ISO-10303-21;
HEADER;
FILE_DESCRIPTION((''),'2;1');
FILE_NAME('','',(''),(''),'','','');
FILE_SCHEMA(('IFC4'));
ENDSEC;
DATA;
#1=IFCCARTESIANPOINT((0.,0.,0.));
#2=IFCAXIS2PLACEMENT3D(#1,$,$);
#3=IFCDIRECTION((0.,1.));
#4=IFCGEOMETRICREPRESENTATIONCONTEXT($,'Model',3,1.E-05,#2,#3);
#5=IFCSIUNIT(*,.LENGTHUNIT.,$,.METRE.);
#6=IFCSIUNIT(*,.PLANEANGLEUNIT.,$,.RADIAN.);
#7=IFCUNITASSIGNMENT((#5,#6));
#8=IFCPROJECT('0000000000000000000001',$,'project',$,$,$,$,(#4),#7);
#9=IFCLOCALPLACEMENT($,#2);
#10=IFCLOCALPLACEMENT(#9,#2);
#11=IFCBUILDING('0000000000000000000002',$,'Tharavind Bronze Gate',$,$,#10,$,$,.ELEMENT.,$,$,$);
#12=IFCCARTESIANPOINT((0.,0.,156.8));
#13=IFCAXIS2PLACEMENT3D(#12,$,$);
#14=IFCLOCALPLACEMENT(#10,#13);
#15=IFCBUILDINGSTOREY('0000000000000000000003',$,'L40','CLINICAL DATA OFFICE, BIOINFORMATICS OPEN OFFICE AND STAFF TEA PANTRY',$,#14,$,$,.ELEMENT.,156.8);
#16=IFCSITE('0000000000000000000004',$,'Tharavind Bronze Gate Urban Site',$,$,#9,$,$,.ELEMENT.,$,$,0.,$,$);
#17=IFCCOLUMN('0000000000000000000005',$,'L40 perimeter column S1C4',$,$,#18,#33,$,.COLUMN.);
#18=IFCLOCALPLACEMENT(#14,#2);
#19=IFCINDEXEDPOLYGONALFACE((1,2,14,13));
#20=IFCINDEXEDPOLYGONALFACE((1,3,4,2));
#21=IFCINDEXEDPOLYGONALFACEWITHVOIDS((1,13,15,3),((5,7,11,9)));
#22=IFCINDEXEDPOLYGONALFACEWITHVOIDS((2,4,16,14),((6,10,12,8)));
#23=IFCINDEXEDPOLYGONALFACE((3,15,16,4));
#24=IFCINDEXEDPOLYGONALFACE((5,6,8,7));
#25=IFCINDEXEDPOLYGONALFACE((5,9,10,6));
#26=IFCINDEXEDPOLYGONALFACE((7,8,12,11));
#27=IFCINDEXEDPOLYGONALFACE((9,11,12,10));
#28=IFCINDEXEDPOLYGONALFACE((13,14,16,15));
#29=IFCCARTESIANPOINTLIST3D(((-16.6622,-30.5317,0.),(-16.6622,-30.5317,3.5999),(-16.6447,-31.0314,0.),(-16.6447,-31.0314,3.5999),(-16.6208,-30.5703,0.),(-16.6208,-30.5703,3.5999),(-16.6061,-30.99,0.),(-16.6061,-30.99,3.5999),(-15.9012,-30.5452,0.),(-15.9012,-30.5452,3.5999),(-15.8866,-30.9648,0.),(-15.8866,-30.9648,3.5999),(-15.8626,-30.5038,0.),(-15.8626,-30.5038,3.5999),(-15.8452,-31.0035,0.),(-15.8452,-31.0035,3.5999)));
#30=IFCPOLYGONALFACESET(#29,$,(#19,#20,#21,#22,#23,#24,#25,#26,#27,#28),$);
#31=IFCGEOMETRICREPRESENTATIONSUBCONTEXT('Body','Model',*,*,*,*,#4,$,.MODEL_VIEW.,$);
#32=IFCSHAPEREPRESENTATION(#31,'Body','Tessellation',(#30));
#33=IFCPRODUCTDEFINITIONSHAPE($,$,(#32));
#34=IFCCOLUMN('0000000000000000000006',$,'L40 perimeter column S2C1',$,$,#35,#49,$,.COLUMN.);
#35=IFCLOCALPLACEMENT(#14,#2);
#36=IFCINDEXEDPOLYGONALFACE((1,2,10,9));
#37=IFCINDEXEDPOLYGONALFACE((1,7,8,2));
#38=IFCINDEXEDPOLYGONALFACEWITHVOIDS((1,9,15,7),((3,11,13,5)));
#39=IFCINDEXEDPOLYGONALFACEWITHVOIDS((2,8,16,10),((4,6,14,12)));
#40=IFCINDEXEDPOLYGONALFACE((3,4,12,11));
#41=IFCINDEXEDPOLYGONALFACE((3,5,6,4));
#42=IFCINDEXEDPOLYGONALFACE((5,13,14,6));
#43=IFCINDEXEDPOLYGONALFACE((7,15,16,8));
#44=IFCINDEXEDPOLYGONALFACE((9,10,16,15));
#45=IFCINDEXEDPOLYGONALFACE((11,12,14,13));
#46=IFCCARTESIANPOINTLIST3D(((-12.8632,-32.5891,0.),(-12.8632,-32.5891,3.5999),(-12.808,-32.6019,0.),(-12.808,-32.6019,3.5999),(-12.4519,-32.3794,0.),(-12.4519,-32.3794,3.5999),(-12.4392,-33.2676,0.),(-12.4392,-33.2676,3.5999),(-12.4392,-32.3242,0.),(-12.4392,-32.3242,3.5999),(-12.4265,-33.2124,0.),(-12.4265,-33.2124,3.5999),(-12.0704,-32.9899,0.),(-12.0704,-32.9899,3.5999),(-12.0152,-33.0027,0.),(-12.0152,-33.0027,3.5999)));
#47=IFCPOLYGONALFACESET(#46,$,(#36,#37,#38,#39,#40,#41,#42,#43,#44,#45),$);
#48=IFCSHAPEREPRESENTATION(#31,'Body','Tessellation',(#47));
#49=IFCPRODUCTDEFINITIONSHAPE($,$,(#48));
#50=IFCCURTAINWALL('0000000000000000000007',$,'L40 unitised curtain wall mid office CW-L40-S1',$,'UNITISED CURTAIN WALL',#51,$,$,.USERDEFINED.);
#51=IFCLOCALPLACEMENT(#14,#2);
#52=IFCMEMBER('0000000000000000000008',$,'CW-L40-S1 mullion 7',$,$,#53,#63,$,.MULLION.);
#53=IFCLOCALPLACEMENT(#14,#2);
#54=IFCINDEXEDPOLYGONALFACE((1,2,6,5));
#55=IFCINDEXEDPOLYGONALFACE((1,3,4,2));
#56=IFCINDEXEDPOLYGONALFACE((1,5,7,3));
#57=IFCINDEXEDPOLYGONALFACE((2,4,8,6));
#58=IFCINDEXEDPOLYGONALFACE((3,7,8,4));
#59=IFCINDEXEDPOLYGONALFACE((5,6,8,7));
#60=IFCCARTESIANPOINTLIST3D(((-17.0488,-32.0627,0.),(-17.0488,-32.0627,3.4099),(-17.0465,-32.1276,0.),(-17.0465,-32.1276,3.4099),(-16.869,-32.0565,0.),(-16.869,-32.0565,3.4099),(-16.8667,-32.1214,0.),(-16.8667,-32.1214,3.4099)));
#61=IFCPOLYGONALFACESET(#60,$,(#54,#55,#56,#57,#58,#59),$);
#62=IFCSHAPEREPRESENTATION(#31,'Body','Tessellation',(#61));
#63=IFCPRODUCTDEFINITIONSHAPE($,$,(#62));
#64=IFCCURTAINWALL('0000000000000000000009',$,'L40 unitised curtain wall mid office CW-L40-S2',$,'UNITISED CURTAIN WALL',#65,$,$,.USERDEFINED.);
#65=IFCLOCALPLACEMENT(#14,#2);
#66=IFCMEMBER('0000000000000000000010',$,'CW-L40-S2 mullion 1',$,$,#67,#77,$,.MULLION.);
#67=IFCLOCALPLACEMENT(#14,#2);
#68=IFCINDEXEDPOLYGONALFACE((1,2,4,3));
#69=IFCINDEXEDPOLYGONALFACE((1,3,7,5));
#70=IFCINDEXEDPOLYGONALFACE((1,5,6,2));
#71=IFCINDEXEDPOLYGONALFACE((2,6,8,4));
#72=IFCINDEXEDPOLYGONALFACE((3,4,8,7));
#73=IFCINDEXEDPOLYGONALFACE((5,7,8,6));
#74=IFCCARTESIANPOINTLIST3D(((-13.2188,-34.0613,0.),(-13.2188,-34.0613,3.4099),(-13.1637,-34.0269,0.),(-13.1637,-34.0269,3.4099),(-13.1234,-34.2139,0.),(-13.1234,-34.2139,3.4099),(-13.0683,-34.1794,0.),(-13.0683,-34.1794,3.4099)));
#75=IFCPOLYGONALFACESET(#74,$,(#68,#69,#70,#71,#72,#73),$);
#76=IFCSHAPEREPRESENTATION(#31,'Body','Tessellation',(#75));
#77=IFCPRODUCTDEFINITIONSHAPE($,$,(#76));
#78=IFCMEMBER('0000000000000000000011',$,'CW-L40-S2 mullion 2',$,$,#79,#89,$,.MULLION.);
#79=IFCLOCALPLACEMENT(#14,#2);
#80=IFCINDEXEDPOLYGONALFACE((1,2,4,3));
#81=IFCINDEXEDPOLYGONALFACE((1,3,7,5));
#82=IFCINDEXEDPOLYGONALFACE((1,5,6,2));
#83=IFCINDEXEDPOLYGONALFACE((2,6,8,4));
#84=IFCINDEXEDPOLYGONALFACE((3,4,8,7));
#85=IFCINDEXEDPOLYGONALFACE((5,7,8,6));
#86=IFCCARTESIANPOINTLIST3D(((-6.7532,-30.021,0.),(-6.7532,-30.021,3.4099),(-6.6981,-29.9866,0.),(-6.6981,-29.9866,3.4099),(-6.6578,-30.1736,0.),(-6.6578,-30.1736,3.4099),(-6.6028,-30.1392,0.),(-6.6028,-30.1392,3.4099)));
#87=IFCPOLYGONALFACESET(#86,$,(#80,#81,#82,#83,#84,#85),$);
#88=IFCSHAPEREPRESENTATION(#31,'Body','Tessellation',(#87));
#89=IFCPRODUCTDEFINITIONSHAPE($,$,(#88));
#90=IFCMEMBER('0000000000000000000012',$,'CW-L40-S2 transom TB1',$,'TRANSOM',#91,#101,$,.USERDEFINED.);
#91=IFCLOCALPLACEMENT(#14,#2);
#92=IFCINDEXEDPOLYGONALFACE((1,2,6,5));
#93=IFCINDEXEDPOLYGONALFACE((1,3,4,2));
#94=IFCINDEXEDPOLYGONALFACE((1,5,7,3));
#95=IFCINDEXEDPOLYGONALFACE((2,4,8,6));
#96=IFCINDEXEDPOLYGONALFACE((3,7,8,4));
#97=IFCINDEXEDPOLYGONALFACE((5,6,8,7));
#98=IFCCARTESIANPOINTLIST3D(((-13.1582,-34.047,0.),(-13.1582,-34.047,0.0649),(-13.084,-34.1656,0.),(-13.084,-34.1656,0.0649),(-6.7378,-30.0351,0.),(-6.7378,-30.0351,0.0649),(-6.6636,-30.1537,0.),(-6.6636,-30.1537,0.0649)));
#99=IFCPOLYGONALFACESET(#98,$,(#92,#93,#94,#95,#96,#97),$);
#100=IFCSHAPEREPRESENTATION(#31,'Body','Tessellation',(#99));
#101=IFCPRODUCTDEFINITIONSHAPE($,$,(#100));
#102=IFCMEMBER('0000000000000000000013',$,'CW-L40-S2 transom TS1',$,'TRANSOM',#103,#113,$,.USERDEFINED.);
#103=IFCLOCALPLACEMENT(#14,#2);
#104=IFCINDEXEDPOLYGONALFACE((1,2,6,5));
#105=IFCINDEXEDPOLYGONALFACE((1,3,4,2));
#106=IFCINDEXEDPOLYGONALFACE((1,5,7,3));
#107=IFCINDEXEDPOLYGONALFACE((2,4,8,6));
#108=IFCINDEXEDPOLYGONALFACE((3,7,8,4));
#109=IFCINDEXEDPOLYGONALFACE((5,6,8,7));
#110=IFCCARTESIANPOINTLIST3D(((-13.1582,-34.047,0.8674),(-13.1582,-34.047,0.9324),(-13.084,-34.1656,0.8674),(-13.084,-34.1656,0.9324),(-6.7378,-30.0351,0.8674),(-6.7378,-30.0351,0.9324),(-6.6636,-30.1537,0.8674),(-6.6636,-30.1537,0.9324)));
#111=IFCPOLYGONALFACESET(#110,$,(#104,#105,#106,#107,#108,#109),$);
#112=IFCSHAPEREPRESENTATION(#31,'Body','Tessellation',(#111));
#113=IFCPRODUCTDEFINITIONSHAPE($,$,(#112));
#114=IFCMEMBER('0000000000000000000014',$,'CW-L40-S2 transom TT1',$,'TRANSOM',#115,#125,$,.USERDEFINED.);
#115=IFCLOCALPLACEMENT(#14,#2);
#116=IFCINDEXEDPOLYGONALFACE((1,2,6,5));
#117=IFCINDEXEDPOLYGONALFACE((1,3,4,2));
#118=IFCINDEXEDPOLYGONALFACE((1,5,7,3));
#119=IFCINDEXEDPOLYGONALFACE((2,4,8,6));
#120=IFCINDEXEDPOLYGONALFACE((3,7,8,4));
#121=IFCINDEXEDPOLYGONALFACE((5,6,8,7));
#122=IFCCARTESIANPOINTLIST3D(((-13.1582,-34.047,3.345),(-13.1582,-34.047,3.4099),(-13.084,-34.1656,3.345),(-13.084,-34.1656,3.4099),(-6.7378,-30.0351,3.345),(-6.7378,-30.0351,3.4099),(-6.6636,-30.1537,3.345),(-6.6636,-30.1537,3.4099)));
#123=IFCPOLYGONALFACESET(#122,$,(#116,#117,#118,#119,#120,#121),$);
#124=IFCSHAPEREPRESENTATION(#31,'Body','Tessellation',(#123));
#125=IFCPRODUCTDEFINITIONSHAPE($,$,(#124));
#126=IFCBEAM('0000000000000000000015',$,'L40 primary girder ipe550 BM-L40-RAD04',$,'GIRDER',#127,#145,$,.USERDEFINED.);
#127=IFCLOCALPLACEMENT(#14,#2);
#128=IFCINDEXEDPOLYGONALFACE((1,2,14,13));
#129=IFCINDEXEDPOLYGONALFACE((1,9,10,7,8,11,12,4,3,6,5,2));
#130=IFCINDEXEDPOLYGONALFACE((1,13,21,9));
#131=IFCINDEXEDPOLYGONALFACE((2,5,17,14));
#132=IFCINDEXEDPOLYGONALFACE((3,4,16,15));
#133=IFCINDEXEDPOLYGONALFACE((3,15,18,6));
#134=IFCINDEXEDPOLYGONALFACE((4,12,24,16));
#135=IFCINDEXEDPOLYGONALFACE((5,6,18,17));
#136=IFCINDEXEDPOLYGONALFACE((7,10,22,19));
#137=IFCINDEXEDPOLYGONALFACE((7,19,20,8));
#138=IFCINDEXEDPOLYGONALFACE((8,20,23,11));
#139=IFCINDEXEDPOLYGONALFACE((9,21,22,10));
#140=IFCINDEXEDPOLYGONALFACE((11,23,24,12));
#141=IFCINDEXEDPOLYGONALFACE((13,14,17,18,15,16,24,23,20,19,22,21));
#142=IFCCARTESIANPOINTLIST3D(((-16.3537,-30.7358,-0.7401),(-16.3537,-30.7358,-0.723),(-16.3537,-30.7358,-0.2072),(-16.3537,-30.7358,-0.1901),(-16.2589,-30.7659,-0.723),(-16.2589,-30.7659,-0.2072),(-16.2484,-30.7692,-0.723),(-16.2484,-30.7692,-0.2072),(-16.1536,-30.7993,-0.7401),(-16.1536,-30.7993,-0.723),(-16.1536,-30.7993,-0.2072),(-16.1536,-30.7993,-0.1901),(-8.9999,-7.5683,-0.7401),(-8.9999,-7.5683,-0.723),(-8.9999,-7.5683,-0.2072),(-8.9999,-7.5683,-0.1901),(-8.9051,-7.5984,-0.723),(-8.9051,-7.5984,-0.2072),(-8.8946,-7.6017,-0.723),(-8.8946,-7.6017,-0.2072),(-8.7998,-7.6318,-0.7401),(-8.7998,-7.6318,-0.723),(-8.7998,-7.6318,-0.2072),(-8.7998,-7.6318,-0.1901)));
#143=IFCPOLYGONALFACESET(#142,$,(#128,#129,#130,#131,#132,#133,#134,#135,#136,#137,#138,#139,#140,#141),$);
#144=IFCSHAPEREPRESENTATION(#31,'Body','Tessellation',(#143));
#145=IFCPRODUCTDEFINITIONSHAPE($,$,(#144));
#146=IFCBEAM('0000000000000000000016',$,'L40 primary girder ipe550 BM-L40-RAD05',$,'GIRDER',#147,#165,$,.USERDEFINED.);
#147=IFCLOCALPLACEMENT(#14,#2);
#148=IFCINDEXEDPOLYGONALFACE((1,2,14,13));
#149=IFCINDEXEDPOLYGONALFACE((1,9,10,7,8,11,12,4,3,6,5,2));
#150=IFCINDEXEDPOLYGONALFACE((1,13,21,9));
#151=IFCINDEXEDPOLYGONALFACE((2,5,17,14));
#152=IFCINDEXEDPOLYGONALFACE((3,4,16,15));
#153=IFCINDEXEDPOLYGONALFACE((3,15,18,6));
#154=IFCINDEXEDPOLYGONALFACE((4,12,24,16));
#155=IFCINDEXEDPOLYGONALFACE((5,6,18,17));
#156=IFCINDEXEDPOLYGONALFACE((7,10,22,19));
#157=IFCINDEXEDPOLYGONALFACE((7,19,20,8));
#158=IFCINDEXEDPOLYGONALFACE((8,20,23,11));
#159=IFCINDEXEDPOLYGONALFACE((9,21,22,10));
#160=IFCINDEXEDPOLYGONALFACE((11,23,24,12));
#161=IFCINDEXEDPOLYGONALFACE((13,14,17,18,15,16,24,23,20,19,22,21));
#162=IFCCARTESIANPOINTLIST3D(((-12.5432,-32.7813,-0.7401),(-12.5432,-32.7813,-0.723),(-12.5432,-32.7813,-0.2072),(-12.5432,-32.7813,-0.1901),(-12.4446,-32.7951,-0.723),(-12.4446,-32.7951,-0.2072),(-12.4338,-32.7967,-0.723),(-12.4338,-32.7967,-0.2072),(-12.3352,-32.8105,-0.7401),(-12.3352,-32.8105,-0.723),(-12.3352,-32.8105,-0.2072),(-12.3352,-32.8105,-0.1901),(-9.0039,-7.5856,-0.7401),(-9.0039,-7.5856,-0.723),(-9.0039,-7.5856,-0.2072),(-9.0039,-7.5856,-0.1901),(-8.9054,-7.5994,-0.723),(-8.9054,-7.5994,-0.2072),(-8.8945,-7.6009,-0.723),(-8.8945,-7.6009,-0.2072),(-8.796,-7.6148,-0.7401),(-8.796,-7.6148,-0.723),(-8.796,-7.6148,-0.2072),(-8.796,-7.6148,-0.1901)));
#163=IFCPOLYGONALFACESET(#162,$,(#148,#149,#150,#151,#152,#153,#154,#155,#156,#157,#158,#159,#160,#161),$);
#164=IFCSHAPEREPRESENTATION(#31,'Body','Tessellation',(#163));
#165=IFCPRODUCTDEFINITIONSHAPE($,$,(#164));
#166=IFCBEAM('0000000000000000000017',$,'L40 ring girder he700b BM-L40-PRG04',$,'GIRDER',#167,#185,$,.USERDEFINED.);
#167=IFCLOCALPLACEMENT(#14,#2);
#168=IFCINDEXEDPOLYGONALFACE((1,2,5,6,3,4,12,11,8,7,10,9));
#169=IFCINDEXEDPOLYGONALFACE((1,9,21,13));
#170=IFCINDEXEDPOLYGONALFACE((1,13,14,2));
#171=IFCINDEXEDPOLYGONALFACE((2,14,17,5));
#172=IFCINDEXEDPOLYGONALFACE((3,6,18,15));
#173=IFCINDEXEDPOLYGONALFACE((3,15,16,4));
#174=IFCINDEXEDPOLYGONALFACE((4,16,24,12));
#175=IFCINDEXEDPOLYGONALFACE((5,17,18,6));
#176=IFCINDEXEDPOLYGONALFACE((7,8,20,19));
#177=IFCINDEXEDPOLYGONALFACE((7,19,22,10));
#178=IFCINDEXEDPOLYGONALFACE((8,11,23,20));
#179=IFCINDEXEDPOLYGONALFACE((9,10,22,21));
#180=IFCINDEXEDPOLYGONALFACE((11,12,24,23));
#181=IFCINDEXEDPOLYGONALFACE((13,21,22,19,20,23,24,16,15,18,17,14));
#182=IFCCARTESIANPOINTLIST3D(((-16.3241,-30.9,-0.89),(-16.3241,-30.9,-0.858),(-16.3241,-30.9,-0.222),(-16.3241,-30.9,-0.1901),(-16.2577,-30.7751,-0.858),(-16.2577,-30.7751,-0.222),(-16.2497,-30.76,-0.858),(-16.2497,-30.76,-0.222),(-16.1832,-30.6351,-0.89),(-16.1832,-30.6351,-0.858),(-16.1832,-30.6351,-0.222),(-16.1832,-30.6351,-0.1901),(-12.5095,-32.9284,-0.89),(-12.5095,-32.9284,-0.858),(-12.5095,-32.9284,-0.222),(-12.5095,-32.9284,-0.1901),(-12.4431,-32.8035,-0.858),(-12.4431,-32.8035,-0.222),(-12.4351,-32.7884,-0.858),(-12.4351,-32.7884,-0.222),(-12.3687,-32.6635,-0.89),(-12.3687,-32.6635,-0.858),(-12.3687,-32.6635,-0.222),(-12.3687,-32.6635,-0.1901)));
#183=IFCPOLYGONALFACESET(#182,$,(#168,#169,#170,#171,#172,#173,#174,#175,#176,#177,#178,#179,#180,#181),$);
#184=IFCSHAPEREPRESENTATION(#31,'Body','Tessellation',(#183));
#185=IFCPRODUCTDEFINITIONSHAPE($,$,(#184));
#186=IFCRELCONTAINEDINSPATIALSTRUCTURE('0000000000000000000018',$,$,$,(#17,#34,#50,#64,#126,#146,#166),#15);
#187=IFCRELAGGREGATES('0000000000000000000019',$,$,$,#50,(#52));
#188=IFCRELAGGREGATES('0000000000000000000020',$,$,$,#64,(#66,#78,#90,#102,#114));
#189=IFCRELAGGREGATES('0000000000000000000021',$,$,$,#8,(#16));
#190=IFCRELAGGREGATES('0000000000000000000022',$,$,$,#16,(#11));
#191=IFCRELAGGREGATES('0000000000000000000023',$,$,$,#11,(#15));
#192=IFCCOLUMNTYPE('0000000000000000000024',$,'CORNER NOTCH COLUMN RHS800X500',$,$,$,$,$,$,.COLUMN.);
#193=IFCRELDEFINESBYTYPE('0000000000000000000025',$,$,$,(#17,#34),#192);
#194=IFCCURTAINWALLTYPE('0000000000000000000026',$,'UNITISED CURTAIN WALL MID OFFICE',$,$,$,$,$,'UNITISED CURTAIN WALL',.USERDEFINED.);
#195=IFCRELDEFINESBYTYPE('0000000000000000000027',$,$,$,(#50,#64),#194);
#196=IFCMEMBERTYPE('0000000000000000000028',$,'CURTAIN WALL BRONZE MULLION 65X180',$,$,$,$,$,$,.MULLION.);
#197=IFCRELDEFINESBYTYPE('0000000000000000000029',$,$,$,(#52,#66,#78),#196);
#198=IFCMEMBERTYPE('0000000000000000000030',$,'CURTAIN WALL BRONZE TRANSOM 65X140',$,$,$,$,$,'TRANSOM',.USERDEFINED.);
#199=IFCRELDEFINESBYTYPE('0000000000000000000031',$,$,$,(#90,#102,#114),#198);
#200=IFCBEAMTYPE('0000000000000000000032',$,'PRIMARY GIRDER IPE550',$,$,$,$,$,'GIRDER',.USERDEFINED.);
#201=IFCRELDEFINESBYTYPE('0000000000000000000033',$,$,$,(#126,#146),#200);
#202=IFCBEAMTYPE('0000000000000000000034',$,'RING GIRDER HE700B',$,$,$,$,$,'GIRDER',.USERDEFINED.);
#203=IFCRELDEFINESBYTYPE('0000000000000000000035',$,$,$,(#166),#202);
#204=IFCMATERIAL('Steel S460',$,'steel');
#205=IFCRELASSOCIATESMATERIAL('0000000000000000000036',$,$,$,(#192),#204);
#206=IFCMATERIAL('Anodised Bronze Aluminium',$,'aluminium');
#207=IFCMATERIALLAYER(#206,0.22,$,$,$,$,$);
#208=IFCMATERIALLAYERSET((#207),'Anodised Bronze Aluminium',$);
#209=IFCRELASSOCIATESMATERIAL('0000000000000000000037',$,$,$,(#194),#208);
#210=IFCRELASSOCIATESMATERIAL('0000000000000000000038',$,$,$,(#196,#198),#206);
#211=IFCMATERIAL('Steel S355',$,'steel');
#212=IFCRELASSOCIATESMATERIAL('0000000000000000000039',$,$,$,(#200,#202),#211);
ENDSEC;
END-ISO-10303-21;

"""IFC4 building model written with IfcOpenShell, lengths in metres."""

from ifc_helpers import new_model, si_unit, direction, frame, origin, origin_2d, place, context, subcontext, project, spatial, rectangle, hollow_rectangle, i_section, extrude, material, layer, layer_set, material_profile, profile_set, type_object, element, aggregate, save


model = new_model("IFC4")

# Units and contexts
model_context = context("Model", 3, precision=1e-05, world=origin(), true_north=direction((0.0, 1.0)))
body_context = subcontext(model_context, "Body", "Model", "MODEL_VIEW")
ifc_project = project(units=[si_unit("LENGTHUNIT", "METRE"), si_unit("PLANEANGLEUNIT", "RADIAN")], contexts=[model_context])

# Site, building, storey
site_placement = place(None, origin())
site = spatial("IfcSite", under=ifc_project, at=site_placement, Name="Tharavind Bronze Gate Urban Site", CompositionType="ELEMENT", RefElevation=0.0)
building_placement = place(site_placement, origin())
building = spatial("IfcBuilding", under=site, at=building_placement, Name="Tharavind Bronze Gate", CompositionType="ELEMENT")
storey_placement = place(building_placement, frame((0.0, 0.0, 156.8)))
storey = spatial("IfcBuildingStorey", under=building, at=storey_placement, Name="L40", Description="CLINICAL DATA OFFICE, BIOINFORMATICS OPEN OFFICE AND STAFF TEA PANTRY", CompositionType="ELEMENT", Elevation=156.8)

# Columns
ifc_material_1 = material(Name="Steel S460", Category="steel")
ifc_material_profile_1 = material_profile(ifc_material_1, hollow_rectangle(XDim=0.5, YDim=0.8, WallThickness=0.04, at=origin_2d()), Name="RHS800X500X40")
ifc_profile_set_1 = profile_set([ifc_material_profile_1], Name="Steel S460")
column_type = type_object("IfcColumnType", Name="CORNER NOTCH COLUMN RHS800X500", PredefinedType="COLUMN", material=ifc_profile_set_1)
for number, where, z_axis, x_axis, name in (
    (1, (-16.2537, -30.7676, 0.0), (0.0, 0.0, 1.0), (-0.034899, 0.999391, 0.0), "L40 perimeter column S1C4"),
    (2, (-12.4392, -32.7959, 0.0), (0.0, 0.0, 1.0), (0.848047, 0.529921, 0.0), "L40 perimeter column S2C1"),
):
    element("IfcColumn", number, at=place(storey_placement, frame(where, z_axis=z_axis, x_axis=x_axis)), inside=storey, type_object=column_type, Name=name, PredefinedType="COLUMN", context=body_context, shape_type="SweptSolid", body=[
        extrude(hollow_rectangle(XDim=0.5, YDim=0.8, WallThickness=0.04, at=origin_2d()), origin(), (0.0, 0.0, 1.0), 3.5999),
    ])

# Curtain wall, member
ifc_material_2 = material(Name="Anodised Bronze Aluminium", Category="aluminium")
ifc_layer_1 = layer(ifc_material_2, 0.22)
ifc_layer_set_1 = layer_set([ifc_layer_1], Name="Anodised Bronze Aluminium")
curtain_wall_type = type_object("IfcCurtainWallType", Name="UNITISED CURTAIN WALL MID OFFICE", ElementType="UNITISED CURTAIN WALL", PredefinedType="USERDEFINED", material=ifc_layer_set_1)
curtain_wall_1_placement = place(storey_placement, origin())
curtain_wall_1 = element("IfcCurtainWall", 3, at=curtain_wall_1_placement, inside=storey, type_object=curtain_wall_type, Name="L40 unitised curtain wall mid office CW-L40-S1", ObjectType="UNITISED CURTAIN WALL", PredefinedType="USERDEFINED")
member_type_1 = type_object("IfcMemberType", Name="CURTAIN WALL BRONZE MULLION 65X180", PredefinedType="MULLION", material=ifc_material_2)
member_1_placement = place(storey_placement, frame((-16.9578, -32.092, 0.0), z_axis=(0.0, 0.0, 1.0), x_axis=(0.034899, -0.999391, 0.0)))
member_1 = element("IfcMember", 4, at=member_1_placement, type_object=member_type_1, Name="CW-L40-S1 mullion 7", PredefinedType="MULLION", context=body_context, shape_type="SweptSolid", body=[
    extrude(rectangle(XDim=0.0649, YDim=0.1799, at=origin_2d()), origin(), (0.0, 0.0, 1.0), 3.4099),
])
aggregate(curtain_wall_1, [member_1])

# Curtain wall, members
curtain_wall_2_placement = place(storey_placement, origin())
curtain_wall_2 = element("IfcCurtainWall", 5, at=curtain_wall_2_placement, inside=storey, type_object=curtain_wall_type, Name="L40 unitised curtain wall mid office CW-L40-S2", ObjectType="UNITISED CURTAIN WALL", PredefinedType="USERDEFINED")
member_2_placement = place(storey_placement, frame((-13.1436, -34.1204, 0.0), z_axis=(0.0, 0.0, 1.0), x_axis=(0.848048, 0.529919, 0.0)))
member_2 = element("IfcMember", 6, at=member_2_placement, type_object=member_type_1, Name="CW-L40-S2 mullion 1", PredefinedType="MULLION", context=body_context, shape_type="SweptSolid", body=[
    extrude(rectangle(XDim=0.0649, YDim=0.1799, at=origin_2d()), origin(), (0.0, 0.0, 1.0), 3.4099),
])
member_3_placement = place(storey_placement, frame((-6.678, -30.0801, 0.0), z_axis=(0.0, 0.0, 1.0), x_axis=(0.848048, 0.529919, 0.0)))
member_3 = element("IfcMember", 7, at=member_3_placement, type_object=member_type_1, Name="CW-L40-S2 mullion 2", PredefinedType="MULLION", context=body_context, shape_type="SweptSolid", body=[
    extrude(rectangle(XDim=0.0649, YDim=0.1799, at=origin_2d()), origin(), (0.0, 0.0, 1.0), 3.4099),
])
member_type_2 = type_object("IfcMemberType", Name="CURTAIN WALL BRONZE TRANSOM 65X140", ElementType="TRANSOM", PredefinedType="USERDEFINED", material=ifc_material_2)
member_4_placement = place(storey_placement, frame((-9.9109, -32.1003, 0.0), z_axis=(0.0, 0.0, 1.0), x_axis=(0.848048, 0.529919, 0.0)))
member_4 = element("IfcMember", 8, at=member_4_placement, type_object=member_type_2, Name="CW-L40-S2 transom TB1", ObjectType="TRANSOM", PredefinedType="USERDEFINED", context=body_context, shape_type="SweptSolid", body=[
    extrude(rectangle(XDim=7.5708, YDim=0.1399, at=origin_2d()), origin(), (0.0, 0.0, 1.0), 0.0649),
])
member_5_placement = place(storey_placement, frame((-9.9109, -32.1003, 0.8674), z_axis=(0.0, 0.0, 1.0), x_axis=(0.848048, 0.529919, 0.0)))
member_5 = element("IfcMember", 9, at=member_5_placement, type_object=member_type_2, Name="CW-L40-S2 transom TS1", ObjectType="TRANSOM", PredefinedType="USERDEFINED", context=body_context, shape_type="SweptSolid", body=[
    extrude(rectangle(XDim=7.5708, YDim=0.1399, at=origin_2d()), origin(), (0.0, 0.0, 1.0), 0.0649),
])
member_6_placement = place(storey_placement, frame((-9.9109, -32.1003, 3.345), z_axis=(0.0, 0.0, 1.0), x_axis=(0.848048, 0.529919, 0.0)))
member_6 = element("IfcMember", 10, at=member_6_placement, type_object=member_type_2, Name="CW-L40-S2 transom TT1", ObjectType="TRANSOM", PredefinedType="USERDEFINED", context=body_context, shape_type="SweptSolid", body=[
    extrude(rectangle(XDim=7.5708, YDim=0.1399, at=origin_2d()), origin(), (0.0, 0.0, 1.0), 0.0649),
])

# Beams
ifc_material_3 = material(Name="Steel S355", Category="steel")
ifc_material_profile_2 = material_profile(ifc_material_3, i_section(OverallWidth=0.21, OverallDepth=0.55, WebThickness=0.011, FlangeThickness=0.0171, at=origin_2d()), Name="IPE550")
ifc_profile_set_2 = profile_set([ifc_material_profile_2], Name="Steel S355")
beam_type_1 = type_object("IfcBeamType", Name="PRIMARY GIRDER IPE550", ElementType="GIRDER", PredefinedType="USERDEFINED", material=ifc_profile_set_2)
beam_1_placement = place(storey_placement, frame((-16.2537, -30.7676, -0.4651), z_axis=(0.302542, 0.953136, 0.0), x_axis=(-0.953136, 0.302542, 0.0)))
element("IfcBeam", 11, at=beam_1_placement, inside=storey, type_object=beam_type_1, Name="L40 primary girder ipe550 BM-L40-RAD04", ObjectType="GIRDER", PredefinedType="USERDEFINED", context=body_context, shape_type="SweptSolid", body=[
    extrude(i_section(OverallWidth=0.21, OverallDepth=0.55, WebThickness=0.011, FlangeThickness=0.0171, at=origin_2d()), origin(), (0.0, 0.0, 1.0), 24.3066),
])
beam_2_placement = place(storey_placement, frame((-12.4392, -32.7959, -0.4651), z_axis=(0.139106, 0.990277, 0.0), x_axis=(-0.990277, 0.139106, 0.0)))
element("IfcBeam", 12, at=beam_2_placement, inside=storey, type_object=beam_type_1, Name="L40 primary girder ipe550 BM-L40-RAD05", ObjectType="GIRDER", PredefinedType="USERDEFINED", context=body_context, shape_type="SweptSolid", body=[
    extrude(i_section(OverallWidth=0.21, OverallDepth=0.55, WebThickness=0.011, FlangeThickness=0.0171, at=origin_2d()), origin(), (0.0, 0.0, 1.0), 25.4431),
])
ifc_material_profile_3 = material_profile(ifc_material_3, i_section(OverallWidth=0.3, OverallDepth=0.7, WebThickness=0.0171, FlangeThickness=0.032, at=origin_2d()), Name="HE700B")
ifc_profile_set_3 = profile_set([ifc_material_profile_3], Name="Steel S355")
beam_type_2 = type_object("IfcBeamType", Name="RING GIRDER HE700B", ElementType="GIRDER", PredefinedType="USERDEFINED", material=ifc_profile_set_3)
beam_3_placement = place(storey_placement, frame((-16.2537, -30.7676, -0.54), z_axis=(0.882934, -0.469497, 0.0), x_axis=(0.469497, 0.882934, 0.0)))
element("IfcBeam", 13, at=beam_3_placement, inside=storey, type_object=beam_type_2, Name="L40 ring girder he700b BM-L40-PRG04", ObjectType="GIRDER", PredefinedType="USERDEFINED", context=body_context, shape_type="SweptSolid", body=[
    extrude(i_section(OverallWidth=0.3, OverallDepth=0.7, WebThickness=0.0171, FlangeThickness=0.032, at=origin_2d()), origin(), (0.0, 0.0, 1.0), 4.3203),
])

aggregate(curtain_wall_2, [member_2, member_3, member_4, member_5, member_6])

save(model, "model.ifc")
